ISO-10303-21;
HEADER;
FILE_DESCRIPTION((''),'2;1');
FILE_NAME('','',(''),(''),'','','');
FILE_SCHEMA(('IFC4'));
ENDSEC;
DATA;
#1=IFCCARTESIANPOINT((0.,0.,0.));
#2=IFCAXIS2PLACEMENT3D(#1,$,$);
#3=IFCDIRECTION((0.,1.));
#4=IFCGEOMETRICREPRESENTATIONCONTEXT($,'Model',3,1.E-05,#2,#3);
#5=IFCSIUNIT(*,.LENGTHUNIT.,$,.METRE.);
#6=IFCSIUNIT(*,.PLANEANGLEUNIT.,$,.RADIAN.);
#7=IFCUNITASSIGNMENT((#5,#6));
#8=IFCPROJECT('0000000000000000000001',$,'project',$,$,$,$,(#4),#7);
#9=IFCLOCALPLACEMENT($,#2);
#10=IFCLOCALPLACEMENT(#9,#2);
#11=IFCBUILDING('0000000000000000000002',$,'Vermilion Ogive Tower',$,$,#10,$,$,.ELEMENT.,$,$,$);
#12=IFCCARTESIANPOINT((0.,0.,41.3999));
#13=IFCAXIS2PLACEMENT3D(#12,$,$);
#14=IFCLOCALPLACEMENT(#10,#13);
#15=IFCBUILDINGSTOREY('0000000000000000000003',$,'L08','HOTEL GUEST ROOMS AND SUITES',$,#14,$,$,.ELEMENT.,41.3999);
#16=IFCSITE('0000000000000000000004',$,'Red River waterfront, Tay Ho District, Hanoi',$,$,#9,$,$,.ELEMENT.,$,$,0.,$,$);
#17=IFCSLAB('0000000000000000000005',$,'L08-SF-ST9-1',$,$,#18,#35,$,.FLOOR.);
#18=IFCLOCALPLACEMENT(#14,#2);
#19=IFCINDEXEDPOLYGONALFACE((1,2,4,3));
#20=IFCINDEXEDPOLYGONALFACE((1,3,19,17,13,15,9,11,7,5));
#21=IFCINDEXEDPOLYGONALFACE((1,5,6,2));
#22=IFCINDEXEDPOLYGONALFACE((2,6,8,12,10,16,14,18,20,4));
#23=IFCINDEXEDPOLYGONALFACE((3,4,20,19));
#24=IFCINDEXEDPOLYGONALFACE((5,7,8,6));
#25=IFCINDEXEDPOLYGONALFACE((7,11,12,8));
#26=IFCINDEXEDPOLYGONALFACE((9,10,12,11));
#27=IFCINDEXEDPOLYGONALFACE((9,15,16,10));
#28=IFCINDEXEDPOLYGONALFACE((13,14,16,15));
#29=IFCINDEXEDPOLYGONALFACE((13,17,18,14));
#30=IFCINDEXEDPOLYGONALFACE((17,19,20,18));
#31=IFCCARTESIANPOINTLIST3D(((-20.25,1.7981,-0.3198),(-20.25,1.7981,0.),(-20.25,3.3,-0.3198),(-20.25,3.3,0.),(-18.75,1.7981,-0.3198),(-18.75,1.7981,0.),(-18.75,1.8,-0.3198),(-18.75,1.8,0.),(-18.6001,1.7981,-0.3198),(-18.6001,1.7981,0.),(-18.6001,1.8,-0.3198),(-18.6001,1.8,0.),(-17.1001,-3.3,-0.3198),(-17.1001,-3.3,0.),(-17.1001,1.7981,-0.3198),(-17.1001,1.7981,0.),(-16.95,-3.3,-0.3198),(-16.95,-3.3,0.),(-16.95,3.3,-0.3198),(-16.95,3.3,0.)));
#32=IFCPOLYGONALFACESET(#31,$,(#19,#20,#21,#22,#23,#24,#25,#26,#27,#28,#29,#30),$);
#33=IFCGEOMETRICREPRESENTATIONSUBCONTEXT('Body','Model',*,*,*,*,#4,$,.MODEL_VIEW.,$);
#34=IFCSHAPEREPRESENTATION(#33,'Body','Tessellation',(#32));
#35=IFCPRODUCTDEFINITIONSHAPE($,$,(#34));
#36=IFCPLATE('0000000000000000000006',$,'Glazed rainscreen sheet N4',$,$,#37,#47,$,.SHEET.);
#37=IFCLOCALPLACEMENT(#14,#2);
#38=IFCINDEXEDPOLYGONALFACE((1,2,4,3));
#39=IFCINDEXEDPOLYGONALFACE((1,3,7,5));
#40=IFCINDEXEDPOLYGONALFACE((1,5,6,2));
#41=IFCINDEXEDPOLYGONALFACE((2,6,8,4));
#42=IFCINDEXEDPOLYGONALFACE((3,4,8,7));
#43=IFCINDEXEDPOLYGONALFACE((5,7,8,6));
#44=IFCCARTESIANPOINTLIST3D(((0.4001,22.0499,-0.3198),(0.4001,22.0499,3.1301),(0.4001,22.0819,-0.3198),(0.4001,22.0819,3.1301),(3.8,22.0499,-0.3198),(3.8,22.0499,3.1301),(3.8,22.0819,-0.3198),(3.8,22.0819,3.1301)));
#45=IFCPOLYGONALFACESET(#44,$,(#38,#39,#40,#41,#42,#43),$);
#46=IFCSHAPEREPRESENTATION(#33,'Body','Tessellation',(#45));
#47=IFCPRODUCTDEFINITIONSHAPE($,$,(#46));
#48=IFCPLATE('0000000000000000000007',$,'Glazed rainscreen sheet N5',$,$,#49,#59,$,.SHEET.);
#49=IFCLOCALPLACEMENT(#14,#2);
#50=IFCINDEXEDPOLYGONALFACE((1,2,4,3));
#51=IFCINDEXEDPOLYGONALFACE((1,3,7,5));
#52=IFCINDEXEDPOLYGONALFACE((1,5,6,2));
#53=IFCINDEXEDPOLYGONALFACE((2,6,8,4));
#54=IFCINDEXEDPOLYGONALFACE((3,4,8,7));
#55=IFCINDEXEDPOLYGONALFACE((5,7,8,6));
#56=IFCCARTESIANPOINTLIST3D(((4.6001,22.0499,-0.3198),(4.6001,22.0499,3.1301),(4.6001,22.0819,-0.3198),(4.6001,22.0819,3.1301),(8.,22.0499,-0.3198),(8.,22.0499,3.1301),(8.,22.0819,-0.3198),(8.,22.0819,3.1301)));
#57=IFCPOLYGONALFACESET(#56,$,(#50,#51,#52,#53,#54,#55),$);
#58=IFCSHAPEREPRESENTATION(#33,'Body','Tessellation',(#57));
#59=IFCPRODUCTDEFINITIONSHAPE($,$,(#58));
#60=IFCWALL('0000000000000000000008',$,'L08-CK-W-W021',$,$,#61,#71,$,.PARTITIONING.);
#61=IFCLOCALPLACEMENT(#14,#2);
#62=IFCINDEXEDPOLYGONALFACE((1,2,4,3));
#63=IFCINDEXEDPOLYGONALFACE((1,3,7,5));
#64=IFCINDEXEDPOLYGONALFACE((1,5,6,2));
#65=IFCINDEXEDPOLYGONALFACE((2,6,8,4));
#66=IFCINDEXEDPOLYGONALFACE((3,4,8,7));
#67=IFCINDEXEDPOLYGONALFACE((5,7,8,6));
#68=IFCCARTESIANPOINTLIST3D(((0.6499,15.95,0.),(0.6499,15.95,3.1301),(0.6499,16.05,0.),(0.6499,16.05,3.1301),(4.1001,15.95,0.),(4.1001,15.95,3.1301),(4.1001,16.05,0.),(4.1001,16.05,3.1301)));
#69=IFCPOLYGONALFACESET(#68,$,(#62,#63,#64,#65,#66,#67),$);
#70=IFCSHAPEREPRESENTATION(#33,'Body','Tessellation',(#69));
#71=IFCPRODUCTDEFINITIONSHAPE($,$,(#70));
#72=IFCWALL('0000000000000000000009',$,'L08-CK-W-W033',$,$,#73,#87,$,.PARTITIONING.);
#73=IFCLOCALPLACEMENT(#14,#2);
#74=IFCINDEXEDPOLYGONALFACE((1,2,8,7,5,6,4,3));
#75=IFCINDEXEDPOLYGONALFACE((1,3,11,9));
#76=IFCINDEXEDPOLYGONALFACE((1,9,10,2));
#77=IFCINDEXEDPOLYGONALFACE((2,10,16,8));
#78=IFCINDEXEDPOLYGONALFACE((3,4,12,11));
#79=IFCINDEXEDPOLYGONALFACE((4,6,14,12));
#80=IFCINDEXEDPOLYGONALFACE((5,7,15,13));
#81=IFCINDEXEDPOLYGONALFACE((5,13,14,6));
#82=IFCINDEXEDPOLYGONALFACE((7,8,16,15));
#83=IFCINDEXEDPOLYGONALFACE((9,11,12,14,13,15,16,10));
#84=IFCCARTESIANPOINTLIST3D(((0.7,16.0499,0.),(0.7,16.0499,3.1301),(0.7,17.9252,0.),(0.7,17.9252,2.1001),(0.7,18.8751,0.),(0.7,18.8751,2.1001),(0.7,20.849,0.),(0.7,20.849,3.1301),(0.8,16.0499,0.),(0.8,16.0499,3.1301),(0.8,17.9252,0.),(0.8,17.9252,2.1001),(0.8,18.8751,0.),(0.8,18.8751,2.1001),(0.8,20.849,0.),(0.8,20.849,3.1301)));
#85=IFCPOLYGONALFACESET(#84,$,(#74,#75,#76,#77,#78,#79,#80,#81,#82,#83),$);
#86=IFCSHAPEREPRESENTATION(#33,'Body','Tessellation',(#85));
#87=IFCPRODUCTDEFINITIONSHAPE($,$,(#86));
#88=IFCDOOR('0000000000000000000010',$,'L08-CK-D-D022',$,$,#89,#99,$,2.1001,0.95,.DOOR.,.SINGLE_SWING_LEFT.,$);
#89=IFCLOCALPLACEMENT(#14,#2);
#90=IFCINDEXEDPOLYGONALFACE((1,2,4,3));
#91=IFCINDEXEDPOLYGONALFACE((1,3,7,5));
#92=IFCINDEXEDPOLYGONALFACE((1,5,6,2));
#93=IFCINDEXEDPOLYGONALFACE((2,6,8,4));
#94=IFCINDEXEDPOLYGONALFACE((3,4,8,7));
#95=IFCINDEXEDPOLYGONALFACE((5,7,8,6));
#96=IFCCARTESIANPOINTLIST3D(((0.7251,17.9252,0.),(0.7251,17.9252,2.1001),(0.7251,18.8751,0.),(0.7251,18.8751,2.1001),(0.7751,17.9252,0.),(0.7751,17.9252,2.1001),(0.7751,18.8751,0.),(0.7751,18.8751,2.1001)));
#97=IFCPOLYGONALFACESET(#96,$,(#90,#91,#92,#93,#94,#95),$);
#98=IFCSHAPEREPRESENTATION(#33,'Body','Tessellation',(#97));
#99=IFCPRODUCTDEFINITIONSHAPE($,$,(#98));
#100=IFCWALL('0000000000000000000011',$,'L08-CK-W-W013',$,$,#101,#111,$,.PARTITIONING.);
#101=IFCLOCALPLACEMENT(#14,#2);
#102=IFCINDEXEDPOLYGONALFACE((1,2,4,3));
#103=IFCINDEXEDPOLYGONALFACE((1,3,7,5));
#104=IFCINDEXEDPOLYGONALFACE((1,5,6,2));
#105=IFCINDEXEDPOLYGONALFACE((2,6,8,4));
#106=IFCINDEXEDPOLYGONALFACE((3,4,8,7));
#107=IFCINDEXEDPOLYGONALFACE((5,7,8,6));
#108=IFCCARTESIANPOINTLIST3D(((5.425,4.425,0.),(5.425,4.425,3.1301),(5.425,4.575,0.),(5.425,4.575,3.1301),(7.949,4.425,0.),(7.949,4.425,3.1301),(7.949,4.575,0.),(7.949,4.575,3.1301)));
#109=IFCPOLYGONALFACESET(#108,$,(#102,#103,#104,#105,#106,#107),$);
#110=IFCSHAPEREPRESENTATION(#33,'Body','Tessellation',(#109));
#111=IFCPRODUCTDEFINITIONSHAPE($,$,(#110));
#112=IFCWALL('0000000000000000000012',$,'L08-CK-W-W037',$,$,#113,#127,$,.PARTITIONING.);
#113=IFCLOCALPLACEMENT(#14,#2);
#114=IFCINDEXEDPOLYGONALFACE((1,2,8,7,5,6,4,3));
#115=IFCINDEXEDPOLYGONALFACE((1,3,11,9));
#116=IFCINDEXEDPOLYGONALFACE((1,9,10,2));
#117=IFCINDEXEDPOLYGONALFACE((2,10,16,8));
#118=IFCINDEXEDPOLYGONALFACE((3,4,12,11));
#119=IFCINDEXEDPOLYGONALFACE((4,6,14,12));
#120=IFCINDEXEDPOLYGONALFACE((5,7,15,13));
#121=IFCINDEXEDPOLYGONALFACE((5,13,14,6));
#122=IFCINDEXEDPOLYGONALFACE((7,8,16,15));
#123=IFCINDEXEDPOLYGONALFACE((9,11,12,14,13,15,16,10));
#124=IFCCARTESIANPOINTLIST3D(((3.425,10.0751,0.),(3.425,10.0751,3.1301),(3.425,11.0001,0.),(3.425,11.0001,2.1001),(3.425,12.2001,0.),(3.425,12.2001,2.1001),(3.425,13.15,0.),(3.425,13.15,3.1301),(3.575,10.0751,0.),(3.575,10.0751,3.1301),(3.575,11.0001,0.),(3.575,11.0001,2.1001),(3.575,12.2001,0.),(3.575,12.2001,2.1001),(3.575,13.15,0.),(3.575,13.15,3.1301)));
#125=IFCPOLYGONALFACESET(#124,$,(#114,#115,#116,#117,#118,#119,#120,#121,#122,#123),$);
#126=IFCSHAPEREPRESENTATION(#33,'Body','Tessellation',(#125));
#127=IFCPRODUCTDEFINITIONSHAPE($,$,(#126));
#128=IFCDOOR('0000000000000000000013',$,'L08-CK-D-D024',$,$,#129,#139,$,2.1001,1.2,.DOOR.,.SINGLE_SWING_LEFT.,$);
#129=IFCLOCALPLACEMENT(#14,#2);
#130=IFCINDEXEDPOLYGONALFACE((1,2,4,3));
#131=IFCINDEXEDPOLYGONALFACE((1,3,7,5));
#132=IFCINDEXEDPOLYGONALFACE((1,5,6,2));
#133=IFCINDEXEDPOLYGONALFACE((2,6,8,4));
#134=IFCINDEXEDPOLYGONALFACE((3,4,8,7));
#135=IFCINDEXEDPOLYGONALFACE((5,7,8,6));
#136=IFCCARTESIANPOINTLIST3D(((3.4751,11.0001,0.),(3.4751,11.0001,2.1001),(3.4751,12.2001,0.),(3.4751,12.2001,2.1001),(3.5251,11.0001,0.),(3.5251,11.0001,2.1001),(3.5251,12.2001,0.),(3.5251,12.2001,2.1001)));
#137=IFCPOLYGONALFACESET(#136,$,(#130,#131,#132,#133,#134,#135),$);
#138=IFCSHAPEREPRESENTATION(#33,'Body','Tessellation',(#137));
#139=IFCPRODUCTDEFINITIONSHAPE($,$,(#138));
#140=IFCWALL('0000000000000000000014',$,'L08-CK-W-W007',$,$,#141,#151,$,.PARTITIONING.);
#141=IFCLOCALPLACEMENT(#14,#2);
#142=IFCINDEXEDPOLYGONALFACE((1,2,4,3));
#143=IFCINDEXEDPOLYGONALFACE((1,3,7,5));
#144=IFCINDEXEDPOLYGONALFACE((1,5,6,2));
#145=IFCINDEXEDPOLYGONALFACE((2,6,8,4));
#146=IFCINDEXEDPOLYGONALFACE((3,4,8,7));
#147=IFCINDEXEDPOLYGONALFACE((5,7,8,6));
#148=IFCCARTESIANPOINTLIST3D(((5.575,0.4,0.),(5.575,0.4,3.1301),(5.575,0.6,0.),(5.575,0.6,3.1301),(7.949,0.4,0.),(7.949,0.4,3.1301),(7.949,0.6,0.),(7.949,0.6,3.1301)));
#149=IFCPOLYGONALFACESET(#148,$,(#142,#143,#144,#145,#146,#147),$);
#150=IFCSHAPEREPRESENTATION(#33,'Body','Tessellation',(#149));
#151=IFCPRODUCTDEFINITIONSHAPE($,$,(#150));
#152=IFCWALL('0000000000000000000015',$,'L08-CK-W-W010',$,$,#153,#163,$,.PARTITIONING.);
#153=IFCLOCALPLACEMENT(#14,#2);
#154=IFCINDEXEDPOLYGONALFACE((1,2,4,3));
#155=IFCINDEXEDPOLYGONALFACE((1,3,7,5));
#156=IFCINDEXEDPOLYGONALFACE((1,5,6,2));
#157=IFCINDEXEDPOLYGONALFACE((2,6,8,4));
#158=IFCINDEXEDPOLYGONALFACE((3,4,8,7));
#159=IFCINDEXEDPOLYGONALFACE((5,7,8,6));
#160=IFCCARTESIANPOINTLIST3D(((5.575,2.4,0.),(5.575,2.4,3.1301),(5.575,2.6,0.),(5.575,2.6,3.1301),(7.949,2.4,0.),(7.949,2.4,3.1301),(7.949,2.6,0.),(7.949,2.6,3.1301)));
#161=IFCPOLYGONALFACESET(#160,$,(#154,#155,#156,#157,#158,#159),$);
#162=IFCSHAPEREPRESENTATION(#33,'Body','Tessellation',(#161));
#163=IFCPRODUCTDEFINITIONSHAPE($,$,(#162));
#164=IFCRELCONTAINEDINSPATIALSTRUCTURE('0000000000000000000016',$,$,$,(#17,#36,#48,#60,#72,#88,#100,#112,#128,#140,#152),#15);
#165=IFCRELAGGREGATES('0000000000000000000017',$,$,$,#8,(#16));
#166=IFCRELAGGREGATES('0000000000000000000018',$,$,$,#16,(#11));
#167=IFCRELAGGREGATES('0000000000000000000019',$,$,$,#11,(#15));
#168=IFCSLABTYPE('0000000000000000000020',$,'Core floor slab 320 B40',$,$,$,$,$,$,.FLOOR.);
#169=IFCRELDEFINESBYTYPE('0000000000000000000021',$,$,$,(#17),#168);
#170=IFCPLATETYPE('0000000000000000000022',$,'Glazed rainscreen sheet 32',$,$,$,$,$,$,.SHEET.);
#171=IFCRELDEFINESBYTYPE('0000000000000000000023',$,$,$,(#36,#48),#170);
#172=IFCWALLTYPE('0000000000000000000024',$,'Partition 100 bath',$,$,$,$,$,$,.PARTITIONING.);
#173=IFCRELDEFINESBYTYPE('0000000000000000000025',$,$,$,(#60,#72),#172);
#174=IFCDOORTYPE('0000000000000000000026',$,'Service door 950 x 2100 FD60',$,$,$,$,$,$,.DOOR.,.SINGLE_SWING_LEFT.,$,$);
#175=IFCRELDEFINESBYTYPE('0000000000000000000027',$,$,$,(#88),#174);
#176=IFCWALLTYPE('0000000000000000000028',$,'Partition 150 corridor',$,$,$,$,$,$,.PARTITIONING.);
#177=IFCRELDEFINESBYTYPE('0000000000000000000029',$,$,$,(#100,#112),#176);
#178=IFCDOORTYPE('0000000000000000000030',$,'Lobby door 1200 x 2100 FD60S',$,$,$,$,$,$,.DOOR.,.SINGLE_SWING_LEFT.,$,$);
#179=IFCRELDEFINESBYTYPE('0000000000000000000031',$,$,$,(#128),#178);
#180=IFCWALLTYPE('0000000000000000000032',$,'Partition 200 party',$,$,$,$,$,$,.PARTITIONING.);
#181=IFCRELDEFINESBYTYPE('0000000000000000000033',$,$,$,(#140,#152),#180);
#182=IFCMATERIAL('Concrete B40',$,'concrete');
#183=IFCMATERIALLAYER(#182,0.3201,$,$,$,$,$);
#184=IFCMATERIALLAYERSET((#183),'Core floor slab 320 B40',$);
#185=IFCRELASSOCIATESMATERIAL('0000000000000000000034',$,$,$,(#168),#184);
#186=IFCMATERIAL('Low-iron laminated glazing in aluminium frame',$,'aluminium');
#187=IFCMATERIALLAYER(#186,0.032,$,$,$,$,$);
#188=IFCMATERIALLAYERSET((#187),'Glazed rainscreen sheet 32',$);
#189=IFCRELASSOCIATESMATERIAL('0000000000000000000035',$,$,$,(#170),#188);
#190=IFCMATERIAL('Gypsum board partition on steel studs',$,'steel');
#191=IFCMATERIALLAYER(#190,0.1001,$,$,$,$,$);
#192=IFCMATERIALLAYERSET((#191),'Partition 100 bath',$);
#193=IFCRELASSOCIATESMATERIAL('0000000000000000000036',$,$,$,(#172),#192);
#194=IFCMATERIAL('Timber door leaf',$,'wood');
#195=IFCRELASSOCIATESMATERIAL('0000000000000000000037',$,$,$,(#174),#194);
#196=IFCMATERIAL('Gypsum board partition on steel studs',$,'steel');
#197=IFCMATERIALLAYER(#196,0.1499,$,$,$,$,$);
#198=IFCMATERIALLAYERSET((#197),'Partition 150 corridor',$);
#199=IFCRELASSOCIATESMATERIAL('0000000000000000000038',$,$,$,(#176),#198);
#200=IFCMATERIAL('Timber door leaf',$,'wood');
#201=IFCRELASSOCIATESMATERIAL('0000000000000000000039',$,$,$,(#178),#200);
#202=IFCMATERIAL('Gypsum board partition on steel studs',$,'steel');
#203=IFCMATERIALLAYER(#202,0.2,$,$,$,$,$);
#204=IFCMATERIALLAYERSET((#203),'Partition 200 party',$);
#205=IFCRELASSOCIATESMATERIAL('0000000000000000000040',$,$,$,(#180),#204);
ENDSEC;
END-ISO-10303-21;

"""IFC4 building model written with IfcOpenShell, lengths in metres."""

from ifc_helpers import new_model, si_unit, direction, frame, frame_2d, origin, origin_2d, place, context, subcontext, project, spatial, polyline, rectangle, outline, extrude, material, layer, layer_set, type_object, element, fill, save


model = new_model("IFC4")

# Units and contexts
model_context = context("Model", 3, precision=1e-05, world=origin(), true_north=direction((0.0, 1.0)))
body_context = subcontext(model_context, "Body", "Model", "MODEL_VIEW")
ifc_project = project(units=[si_unit("LENGTHUNIT", "METRE"), si_unit("PLANEANGLEUNIT", "RADIAN")], contexts=[model_context])

# Site, building, storey
site_placement = place(None, origin())
site = spatial("IfcSite", under=ifc_project, at=site_placement, Name="Red River waterfront, Tay Ho District, Hanoi", CompositionType="ELEMENT", RefElevation=0.0)
building_placement = place(site_placement, origin())
building = spatial("IfcBuilding", under=site, at=building_placement, Name="Vermilion Ogive Tower", CompositionType="ELEMENT")
storey_placement = place(building_placement, frame((0.0, 0.0, 41.3999)))
storey = spatial("IfcBuildingStorey", under=building, at=storey_placement, Name="L08", Description="HOTEL GUEST ROOMS AND SUITES", CompositionType="ELEMENT", Elevation=41.3999)

# Slab
ifc_material_1 = material(Name="Concrete B40", Category="concrete")
ifc_layer_1 = layer(ifc_material_1, 0.3201)
ifc_layer_set_1 = layer_set([ifc_layer_1], Name="Core floor slab 320 B40")
slab_type = type_object("IfcSlabType", Name="Core floor slab 320 B40", PredefinedType="FLOOR", material=ifc_layer_set_1)
slab_placement = place(storey_placement, frame((0.0, 0.0, -0.3198)))
element("IfcSlab", 1, at=slab_placement, inside=storey, type_object=slab_type, Name="L08-SF-ST9-1", PredefinedType="FLOOR", context=body_context, shape_type="SweptSolid", body=[
    extrude(outline(polyline([(-20.25, 3.3), (-20.25, 1.7981), (-18.75, 1.7981), (-18.75, 1.8), (-18.6001, 1.8), (-18.6001, 1.7981), (-17.1001, 1.7981), (-17.1001, -3.3), (-16.95, -3.3), (-16.95, 3.3), (-20.25, 3.3)])), origin(), (0.0, 0.0, 1.0), 0.3198),
])

# Plates
ifc_material_2 = material(Name="Low-iron laminated glazing in aluminium frame", Category="aluminium")
ifc_layer_2 = layer(ifc_material_2, 0.032)
ifc_layer_set_2 = layer_set([ifc_layer_2], Name="Glazed rainscreen sheet 32")
plate_type = type_object("IfcPlateType", Name="Glazed rainscreen sheet 32", PredefinedType="SHEET", material=ifc_layer_set_2)
for number, where, z_axis, x_axis, name in (
    (2, (2.1001, 22.0659, -0.3198), (0.0, 0.0, 1.0), (1.0, 0.0, 0.0), "Glazed rainscreen sheet N4"),
    (3, (6.3, 22.0659, -0.3198), (0.0, 0.0, 1.0), (1.0, 0.0, 0.0), "Glazed rainscreen sheet N5"),
):
    element("IfcPlate", number, at=place(storey_placement, frame(where, z_axis=z_axis, x_axis=x_axis)), inside=storey, type_object=plate_type, Name=name, PredefinedType="SHEET", context=body_context, shape_type="SweptSolid", body=[
        extrude(rectangle(XDim=3.3999, YDim=0.032, at=origin_2d()), origin(), (0.0, 0.0, 1.0), 3.45),
    ])

# Wall
ifc_material_3 = material(Name="Gypsum board partition on steel studs", Category="steel")
ifc_layer_3 = layer(ifc_material_3, 0.1001)
ifc_layer_set_3 = layer_set([ifc_layer_3], Name="Partition 100 bath")
wall_type_1 = type_object("IfcWallType", Name="Partition 100 bath", PredefinedType="PARTITIONING", material=ifc_layer_set_3)
wall_1_placement = place(storey_placement, frame((0.6499, 16.0, 0.0), z_axis=(0.0, 0.0, 1.0), x_axis=(1.0, 0.0, 0.0)))
element("IfcWall", 4, at=wall_1_placement, inside=storey, type_object=wall_type_1, Name="L08-CK-W-W021", PredefinedType="PARTITIONING", context=body_context, shape_type="SweptSolid", body=[
    extrude(rectangle(XDim=3.4502, YDim=0.1001, at=frame_2d((1.7251, 0.0))), origin(), (0.0, 0.0, 1.0), 3.1301),
])

# Wall, opening, door
wall_2_placement = place(storey_placement, frame((0.75, 16.05, 0.0), z_axis=(0.0, 0.0, 1.0), x_axis=(0.0, 1.0, 0.0)))
wall_2 = element("IfcWall", 5, at=wall_2_placement, inside=storey, type_object=wall_type_1, Name="L08-CK-W-W033", PredefinedType="PARTITIONING", context=body_context, shape_type="SweptSolid", body=[
    extrude(rectangle(XDim=4.7991, YDim=0.1001, at=frame_2d((2.3994, 0.0))), origin(), (0.0, 0.0, 1.0), 3.1301),
])
opening_1_placement = place(wall_2_placement, frame((1.875, 0.0, 0.0)))
opening_1 = element("IfcOpeningElement", 6, at=opening_1_placement, cuts=wall_2, PredefinedType="OPENING", context=body_context, shape_type="SweptSolid", body=[
    extrude(rectangle(XDim=0.95, YDim=2.1001, at=frame_2d((0.4751, 1.05))), frame((0.0, 0.0601, 0.0), z_axis=(0.0, -1.0, 0.0), x_axis=(1.0, 0.0, 0.0)), (0.0, 0.0, 1.0), 0.1201),
])
ifc_material_4 = material(Name="Timber door leaf", Category="wood")
door_type_1 = type_object("IfcDoorType", Name="Service door 950 x 2100 FD60", OperationType="SINGLE_SWING_LEFT", PredefinedType="DOOR", material=ifc_material_4)
door_1_placement = place(opening_1_placement, origin())
door_1 = element("IfcDoor", 7, at=door_1_placement, inside=storey, type_object=door_type_1, Name="L08-CK-D-D022", OperationType="SINGLE_SWING_LEFT", OverallHeight=2.1001, OverallWidth=0.95, PredefinedType="DOOR", context=body_context, shape_type="SweptSolid", body=[
    extrude(rectangle(XDim=0.95, YDim=2.1001, at=frame_2d((0.4751, 1.05))), frame((0.0, 0.0249, 0.0), z_axis=(0.0, -1.0, 0.0), x_axis=(1.0, 0.0, 0.0)), (0.0, 0.0, 1.0), 0.05),
])
fill(opening_1, door_1)

# Wall
ifc_material_5 = material(Name="Gypsum board partition on steel studs", Category="steel")
ifc_layer_4 = layer(ifc_material_5, 0.1499)
ifc_layer_set_4 = layer_set([ifc_layer_4], Name="Partition 150 corridor")
wall_type_2 = type_object("IfcWallType", Name="Partition 150 corridor", PredefinedType="PARTITIONING", material=ifc_layer_set_4)
wall_3_placement = place(storey_placement, frame((5.425, 4.5, 0.0), z_axis=(0.0, 0.0, 1.0), x_axis=(1.0, 0.0, 0.0)))
element("IfcWall", 8, at=wall_3_placement, inside=storey, type_object=wall_type_2, Name="L08-CK-W-W013", PredefinedType="PARTITIONING", context=body_context, shape_type="SweptSolid", body=[
    extrude(rectangle(XDim=2.5239, YDim=0.1499, at=frame_2d((1.262, 0.0))), origin(), (0.0, 0.0, 1.0), 3.1301),
])

# Wall, opening, door
wall_4_placement = place(storey_placement, frame((3.5, 10.075, 0.0), z_axis=(0.0, 0.0, 1.0), x_axis=(0.0, 1.0, 0.0)))
wall_4 = element("IfcWall", 9, at=wall_4_placement, inside=storey, type_object=wall_type_2, Name="L08-CK-W-W037", PredefinedType="PARTITIONING", context=body_context, shape_type="SweptSolid", body=[
    extrude(rectangle(XDim=3.075, YDim=0.1499, at=frame_2d((1.5376, 0.0))), origin(), (0.0, 0.0, 1.0), 3.1301),
])
opening_2_placement = place(wall_4_placement, frame((0.925, 0.0, 0.0)))
opening_2 = element("IfcOpeningElement", 10, at=opening_2_placement, cuts=wall_4, PredefinedType="OPENING", context=body_context, shape_type="SweptSolid", body=[
    extrude(rectangle(XDim=1.2, YDim=2.1001, at=frame_2d((0.6001, 1.05))), frame((0.0, 0.085, 0.0), z_axis=(0.0, -1.0, 0.0), x_axis=(1.0, 0.0, 0.0)), (0.0, 0.0, 1.0), 0.1699),
])
ifc_material_6 = material(Name="Timber door leaf", Category="wood")
door_type_2 = type_object("IfcDoorType", Name="Lobby door 1200 x 2100 FD60S", OperationType="SINGLE_SWING_LEFT", PredefinedType="DOOR", material=ifc_material_6)
door_2_placement = place(opening_2_placement, origin())
door_2 = element("IfcDoor", 11, at=door_2_placement, inside=storey, type_object=door_type_2, Name="L08-CK-D-D024", OperationType="SINGLE_SWING_LEFT", OverallHeight=2.1001, OverallWidth=1.2, PredefinedType="DOOR", context=body_context, shape_type="SweptSolid", body=[
    extrude(rectangle(XDim=1.2, YDim=2.1001, at=frame_2d((0.6001, 1.05))), frame((0.0, 0.0249, 0.0), z_axis=(0.0, -1.0, 0.0), x_axis=(1.0, 0.0, 0.0)), (0.0, 0.0, 1.0), 0.05),
])
fill(opening_2, door_2)

# Walls
ifc_material_7 = material(Name="Gypsum board partition on steel studs", Category="steel")
ifc_layer_5 = layer(ifc_material_7, 0.2)
ifc_layer_set_5 = layer_set([ifc_layer_5], Name="Partition 200 party")
wall_type_3 = type_object("IfcWallType", Name="Partition 200 party", PredefinedType="PARTITIONING", material=ifc_layer_set_5)
for number, where, z_axis, x_axis, name in (
    (12, (5.575, 0.5, 0.0), (0.0, 0.0, 1.0), (1.0, 0.0, 0.0), "L08-CK-W-W007"),
    (13, (5.575, 2.5, 0.0), (0.0, 0.0, 1.0), (1.0, 0.0, 0.0), "L08-CK-W-W010"),
):
    element("IfcWall", number, at=place(storey_placement, frame(where, z_axis=z_axis, x_axis=x_axis)), inside=storey, type_object=wall_type_3, Name=name, PredefinedType="PARTITIONING", context=body_context, shape_type="SweptSolid", body=[
        extrude(rectangle(XDim=2.374, YDim=0.2, at=frame_2d((1.187, 0.0))), origin(), (0.0, 0.0, 1.0), 3.1301),
    ])

save(model, "model.ifc")
